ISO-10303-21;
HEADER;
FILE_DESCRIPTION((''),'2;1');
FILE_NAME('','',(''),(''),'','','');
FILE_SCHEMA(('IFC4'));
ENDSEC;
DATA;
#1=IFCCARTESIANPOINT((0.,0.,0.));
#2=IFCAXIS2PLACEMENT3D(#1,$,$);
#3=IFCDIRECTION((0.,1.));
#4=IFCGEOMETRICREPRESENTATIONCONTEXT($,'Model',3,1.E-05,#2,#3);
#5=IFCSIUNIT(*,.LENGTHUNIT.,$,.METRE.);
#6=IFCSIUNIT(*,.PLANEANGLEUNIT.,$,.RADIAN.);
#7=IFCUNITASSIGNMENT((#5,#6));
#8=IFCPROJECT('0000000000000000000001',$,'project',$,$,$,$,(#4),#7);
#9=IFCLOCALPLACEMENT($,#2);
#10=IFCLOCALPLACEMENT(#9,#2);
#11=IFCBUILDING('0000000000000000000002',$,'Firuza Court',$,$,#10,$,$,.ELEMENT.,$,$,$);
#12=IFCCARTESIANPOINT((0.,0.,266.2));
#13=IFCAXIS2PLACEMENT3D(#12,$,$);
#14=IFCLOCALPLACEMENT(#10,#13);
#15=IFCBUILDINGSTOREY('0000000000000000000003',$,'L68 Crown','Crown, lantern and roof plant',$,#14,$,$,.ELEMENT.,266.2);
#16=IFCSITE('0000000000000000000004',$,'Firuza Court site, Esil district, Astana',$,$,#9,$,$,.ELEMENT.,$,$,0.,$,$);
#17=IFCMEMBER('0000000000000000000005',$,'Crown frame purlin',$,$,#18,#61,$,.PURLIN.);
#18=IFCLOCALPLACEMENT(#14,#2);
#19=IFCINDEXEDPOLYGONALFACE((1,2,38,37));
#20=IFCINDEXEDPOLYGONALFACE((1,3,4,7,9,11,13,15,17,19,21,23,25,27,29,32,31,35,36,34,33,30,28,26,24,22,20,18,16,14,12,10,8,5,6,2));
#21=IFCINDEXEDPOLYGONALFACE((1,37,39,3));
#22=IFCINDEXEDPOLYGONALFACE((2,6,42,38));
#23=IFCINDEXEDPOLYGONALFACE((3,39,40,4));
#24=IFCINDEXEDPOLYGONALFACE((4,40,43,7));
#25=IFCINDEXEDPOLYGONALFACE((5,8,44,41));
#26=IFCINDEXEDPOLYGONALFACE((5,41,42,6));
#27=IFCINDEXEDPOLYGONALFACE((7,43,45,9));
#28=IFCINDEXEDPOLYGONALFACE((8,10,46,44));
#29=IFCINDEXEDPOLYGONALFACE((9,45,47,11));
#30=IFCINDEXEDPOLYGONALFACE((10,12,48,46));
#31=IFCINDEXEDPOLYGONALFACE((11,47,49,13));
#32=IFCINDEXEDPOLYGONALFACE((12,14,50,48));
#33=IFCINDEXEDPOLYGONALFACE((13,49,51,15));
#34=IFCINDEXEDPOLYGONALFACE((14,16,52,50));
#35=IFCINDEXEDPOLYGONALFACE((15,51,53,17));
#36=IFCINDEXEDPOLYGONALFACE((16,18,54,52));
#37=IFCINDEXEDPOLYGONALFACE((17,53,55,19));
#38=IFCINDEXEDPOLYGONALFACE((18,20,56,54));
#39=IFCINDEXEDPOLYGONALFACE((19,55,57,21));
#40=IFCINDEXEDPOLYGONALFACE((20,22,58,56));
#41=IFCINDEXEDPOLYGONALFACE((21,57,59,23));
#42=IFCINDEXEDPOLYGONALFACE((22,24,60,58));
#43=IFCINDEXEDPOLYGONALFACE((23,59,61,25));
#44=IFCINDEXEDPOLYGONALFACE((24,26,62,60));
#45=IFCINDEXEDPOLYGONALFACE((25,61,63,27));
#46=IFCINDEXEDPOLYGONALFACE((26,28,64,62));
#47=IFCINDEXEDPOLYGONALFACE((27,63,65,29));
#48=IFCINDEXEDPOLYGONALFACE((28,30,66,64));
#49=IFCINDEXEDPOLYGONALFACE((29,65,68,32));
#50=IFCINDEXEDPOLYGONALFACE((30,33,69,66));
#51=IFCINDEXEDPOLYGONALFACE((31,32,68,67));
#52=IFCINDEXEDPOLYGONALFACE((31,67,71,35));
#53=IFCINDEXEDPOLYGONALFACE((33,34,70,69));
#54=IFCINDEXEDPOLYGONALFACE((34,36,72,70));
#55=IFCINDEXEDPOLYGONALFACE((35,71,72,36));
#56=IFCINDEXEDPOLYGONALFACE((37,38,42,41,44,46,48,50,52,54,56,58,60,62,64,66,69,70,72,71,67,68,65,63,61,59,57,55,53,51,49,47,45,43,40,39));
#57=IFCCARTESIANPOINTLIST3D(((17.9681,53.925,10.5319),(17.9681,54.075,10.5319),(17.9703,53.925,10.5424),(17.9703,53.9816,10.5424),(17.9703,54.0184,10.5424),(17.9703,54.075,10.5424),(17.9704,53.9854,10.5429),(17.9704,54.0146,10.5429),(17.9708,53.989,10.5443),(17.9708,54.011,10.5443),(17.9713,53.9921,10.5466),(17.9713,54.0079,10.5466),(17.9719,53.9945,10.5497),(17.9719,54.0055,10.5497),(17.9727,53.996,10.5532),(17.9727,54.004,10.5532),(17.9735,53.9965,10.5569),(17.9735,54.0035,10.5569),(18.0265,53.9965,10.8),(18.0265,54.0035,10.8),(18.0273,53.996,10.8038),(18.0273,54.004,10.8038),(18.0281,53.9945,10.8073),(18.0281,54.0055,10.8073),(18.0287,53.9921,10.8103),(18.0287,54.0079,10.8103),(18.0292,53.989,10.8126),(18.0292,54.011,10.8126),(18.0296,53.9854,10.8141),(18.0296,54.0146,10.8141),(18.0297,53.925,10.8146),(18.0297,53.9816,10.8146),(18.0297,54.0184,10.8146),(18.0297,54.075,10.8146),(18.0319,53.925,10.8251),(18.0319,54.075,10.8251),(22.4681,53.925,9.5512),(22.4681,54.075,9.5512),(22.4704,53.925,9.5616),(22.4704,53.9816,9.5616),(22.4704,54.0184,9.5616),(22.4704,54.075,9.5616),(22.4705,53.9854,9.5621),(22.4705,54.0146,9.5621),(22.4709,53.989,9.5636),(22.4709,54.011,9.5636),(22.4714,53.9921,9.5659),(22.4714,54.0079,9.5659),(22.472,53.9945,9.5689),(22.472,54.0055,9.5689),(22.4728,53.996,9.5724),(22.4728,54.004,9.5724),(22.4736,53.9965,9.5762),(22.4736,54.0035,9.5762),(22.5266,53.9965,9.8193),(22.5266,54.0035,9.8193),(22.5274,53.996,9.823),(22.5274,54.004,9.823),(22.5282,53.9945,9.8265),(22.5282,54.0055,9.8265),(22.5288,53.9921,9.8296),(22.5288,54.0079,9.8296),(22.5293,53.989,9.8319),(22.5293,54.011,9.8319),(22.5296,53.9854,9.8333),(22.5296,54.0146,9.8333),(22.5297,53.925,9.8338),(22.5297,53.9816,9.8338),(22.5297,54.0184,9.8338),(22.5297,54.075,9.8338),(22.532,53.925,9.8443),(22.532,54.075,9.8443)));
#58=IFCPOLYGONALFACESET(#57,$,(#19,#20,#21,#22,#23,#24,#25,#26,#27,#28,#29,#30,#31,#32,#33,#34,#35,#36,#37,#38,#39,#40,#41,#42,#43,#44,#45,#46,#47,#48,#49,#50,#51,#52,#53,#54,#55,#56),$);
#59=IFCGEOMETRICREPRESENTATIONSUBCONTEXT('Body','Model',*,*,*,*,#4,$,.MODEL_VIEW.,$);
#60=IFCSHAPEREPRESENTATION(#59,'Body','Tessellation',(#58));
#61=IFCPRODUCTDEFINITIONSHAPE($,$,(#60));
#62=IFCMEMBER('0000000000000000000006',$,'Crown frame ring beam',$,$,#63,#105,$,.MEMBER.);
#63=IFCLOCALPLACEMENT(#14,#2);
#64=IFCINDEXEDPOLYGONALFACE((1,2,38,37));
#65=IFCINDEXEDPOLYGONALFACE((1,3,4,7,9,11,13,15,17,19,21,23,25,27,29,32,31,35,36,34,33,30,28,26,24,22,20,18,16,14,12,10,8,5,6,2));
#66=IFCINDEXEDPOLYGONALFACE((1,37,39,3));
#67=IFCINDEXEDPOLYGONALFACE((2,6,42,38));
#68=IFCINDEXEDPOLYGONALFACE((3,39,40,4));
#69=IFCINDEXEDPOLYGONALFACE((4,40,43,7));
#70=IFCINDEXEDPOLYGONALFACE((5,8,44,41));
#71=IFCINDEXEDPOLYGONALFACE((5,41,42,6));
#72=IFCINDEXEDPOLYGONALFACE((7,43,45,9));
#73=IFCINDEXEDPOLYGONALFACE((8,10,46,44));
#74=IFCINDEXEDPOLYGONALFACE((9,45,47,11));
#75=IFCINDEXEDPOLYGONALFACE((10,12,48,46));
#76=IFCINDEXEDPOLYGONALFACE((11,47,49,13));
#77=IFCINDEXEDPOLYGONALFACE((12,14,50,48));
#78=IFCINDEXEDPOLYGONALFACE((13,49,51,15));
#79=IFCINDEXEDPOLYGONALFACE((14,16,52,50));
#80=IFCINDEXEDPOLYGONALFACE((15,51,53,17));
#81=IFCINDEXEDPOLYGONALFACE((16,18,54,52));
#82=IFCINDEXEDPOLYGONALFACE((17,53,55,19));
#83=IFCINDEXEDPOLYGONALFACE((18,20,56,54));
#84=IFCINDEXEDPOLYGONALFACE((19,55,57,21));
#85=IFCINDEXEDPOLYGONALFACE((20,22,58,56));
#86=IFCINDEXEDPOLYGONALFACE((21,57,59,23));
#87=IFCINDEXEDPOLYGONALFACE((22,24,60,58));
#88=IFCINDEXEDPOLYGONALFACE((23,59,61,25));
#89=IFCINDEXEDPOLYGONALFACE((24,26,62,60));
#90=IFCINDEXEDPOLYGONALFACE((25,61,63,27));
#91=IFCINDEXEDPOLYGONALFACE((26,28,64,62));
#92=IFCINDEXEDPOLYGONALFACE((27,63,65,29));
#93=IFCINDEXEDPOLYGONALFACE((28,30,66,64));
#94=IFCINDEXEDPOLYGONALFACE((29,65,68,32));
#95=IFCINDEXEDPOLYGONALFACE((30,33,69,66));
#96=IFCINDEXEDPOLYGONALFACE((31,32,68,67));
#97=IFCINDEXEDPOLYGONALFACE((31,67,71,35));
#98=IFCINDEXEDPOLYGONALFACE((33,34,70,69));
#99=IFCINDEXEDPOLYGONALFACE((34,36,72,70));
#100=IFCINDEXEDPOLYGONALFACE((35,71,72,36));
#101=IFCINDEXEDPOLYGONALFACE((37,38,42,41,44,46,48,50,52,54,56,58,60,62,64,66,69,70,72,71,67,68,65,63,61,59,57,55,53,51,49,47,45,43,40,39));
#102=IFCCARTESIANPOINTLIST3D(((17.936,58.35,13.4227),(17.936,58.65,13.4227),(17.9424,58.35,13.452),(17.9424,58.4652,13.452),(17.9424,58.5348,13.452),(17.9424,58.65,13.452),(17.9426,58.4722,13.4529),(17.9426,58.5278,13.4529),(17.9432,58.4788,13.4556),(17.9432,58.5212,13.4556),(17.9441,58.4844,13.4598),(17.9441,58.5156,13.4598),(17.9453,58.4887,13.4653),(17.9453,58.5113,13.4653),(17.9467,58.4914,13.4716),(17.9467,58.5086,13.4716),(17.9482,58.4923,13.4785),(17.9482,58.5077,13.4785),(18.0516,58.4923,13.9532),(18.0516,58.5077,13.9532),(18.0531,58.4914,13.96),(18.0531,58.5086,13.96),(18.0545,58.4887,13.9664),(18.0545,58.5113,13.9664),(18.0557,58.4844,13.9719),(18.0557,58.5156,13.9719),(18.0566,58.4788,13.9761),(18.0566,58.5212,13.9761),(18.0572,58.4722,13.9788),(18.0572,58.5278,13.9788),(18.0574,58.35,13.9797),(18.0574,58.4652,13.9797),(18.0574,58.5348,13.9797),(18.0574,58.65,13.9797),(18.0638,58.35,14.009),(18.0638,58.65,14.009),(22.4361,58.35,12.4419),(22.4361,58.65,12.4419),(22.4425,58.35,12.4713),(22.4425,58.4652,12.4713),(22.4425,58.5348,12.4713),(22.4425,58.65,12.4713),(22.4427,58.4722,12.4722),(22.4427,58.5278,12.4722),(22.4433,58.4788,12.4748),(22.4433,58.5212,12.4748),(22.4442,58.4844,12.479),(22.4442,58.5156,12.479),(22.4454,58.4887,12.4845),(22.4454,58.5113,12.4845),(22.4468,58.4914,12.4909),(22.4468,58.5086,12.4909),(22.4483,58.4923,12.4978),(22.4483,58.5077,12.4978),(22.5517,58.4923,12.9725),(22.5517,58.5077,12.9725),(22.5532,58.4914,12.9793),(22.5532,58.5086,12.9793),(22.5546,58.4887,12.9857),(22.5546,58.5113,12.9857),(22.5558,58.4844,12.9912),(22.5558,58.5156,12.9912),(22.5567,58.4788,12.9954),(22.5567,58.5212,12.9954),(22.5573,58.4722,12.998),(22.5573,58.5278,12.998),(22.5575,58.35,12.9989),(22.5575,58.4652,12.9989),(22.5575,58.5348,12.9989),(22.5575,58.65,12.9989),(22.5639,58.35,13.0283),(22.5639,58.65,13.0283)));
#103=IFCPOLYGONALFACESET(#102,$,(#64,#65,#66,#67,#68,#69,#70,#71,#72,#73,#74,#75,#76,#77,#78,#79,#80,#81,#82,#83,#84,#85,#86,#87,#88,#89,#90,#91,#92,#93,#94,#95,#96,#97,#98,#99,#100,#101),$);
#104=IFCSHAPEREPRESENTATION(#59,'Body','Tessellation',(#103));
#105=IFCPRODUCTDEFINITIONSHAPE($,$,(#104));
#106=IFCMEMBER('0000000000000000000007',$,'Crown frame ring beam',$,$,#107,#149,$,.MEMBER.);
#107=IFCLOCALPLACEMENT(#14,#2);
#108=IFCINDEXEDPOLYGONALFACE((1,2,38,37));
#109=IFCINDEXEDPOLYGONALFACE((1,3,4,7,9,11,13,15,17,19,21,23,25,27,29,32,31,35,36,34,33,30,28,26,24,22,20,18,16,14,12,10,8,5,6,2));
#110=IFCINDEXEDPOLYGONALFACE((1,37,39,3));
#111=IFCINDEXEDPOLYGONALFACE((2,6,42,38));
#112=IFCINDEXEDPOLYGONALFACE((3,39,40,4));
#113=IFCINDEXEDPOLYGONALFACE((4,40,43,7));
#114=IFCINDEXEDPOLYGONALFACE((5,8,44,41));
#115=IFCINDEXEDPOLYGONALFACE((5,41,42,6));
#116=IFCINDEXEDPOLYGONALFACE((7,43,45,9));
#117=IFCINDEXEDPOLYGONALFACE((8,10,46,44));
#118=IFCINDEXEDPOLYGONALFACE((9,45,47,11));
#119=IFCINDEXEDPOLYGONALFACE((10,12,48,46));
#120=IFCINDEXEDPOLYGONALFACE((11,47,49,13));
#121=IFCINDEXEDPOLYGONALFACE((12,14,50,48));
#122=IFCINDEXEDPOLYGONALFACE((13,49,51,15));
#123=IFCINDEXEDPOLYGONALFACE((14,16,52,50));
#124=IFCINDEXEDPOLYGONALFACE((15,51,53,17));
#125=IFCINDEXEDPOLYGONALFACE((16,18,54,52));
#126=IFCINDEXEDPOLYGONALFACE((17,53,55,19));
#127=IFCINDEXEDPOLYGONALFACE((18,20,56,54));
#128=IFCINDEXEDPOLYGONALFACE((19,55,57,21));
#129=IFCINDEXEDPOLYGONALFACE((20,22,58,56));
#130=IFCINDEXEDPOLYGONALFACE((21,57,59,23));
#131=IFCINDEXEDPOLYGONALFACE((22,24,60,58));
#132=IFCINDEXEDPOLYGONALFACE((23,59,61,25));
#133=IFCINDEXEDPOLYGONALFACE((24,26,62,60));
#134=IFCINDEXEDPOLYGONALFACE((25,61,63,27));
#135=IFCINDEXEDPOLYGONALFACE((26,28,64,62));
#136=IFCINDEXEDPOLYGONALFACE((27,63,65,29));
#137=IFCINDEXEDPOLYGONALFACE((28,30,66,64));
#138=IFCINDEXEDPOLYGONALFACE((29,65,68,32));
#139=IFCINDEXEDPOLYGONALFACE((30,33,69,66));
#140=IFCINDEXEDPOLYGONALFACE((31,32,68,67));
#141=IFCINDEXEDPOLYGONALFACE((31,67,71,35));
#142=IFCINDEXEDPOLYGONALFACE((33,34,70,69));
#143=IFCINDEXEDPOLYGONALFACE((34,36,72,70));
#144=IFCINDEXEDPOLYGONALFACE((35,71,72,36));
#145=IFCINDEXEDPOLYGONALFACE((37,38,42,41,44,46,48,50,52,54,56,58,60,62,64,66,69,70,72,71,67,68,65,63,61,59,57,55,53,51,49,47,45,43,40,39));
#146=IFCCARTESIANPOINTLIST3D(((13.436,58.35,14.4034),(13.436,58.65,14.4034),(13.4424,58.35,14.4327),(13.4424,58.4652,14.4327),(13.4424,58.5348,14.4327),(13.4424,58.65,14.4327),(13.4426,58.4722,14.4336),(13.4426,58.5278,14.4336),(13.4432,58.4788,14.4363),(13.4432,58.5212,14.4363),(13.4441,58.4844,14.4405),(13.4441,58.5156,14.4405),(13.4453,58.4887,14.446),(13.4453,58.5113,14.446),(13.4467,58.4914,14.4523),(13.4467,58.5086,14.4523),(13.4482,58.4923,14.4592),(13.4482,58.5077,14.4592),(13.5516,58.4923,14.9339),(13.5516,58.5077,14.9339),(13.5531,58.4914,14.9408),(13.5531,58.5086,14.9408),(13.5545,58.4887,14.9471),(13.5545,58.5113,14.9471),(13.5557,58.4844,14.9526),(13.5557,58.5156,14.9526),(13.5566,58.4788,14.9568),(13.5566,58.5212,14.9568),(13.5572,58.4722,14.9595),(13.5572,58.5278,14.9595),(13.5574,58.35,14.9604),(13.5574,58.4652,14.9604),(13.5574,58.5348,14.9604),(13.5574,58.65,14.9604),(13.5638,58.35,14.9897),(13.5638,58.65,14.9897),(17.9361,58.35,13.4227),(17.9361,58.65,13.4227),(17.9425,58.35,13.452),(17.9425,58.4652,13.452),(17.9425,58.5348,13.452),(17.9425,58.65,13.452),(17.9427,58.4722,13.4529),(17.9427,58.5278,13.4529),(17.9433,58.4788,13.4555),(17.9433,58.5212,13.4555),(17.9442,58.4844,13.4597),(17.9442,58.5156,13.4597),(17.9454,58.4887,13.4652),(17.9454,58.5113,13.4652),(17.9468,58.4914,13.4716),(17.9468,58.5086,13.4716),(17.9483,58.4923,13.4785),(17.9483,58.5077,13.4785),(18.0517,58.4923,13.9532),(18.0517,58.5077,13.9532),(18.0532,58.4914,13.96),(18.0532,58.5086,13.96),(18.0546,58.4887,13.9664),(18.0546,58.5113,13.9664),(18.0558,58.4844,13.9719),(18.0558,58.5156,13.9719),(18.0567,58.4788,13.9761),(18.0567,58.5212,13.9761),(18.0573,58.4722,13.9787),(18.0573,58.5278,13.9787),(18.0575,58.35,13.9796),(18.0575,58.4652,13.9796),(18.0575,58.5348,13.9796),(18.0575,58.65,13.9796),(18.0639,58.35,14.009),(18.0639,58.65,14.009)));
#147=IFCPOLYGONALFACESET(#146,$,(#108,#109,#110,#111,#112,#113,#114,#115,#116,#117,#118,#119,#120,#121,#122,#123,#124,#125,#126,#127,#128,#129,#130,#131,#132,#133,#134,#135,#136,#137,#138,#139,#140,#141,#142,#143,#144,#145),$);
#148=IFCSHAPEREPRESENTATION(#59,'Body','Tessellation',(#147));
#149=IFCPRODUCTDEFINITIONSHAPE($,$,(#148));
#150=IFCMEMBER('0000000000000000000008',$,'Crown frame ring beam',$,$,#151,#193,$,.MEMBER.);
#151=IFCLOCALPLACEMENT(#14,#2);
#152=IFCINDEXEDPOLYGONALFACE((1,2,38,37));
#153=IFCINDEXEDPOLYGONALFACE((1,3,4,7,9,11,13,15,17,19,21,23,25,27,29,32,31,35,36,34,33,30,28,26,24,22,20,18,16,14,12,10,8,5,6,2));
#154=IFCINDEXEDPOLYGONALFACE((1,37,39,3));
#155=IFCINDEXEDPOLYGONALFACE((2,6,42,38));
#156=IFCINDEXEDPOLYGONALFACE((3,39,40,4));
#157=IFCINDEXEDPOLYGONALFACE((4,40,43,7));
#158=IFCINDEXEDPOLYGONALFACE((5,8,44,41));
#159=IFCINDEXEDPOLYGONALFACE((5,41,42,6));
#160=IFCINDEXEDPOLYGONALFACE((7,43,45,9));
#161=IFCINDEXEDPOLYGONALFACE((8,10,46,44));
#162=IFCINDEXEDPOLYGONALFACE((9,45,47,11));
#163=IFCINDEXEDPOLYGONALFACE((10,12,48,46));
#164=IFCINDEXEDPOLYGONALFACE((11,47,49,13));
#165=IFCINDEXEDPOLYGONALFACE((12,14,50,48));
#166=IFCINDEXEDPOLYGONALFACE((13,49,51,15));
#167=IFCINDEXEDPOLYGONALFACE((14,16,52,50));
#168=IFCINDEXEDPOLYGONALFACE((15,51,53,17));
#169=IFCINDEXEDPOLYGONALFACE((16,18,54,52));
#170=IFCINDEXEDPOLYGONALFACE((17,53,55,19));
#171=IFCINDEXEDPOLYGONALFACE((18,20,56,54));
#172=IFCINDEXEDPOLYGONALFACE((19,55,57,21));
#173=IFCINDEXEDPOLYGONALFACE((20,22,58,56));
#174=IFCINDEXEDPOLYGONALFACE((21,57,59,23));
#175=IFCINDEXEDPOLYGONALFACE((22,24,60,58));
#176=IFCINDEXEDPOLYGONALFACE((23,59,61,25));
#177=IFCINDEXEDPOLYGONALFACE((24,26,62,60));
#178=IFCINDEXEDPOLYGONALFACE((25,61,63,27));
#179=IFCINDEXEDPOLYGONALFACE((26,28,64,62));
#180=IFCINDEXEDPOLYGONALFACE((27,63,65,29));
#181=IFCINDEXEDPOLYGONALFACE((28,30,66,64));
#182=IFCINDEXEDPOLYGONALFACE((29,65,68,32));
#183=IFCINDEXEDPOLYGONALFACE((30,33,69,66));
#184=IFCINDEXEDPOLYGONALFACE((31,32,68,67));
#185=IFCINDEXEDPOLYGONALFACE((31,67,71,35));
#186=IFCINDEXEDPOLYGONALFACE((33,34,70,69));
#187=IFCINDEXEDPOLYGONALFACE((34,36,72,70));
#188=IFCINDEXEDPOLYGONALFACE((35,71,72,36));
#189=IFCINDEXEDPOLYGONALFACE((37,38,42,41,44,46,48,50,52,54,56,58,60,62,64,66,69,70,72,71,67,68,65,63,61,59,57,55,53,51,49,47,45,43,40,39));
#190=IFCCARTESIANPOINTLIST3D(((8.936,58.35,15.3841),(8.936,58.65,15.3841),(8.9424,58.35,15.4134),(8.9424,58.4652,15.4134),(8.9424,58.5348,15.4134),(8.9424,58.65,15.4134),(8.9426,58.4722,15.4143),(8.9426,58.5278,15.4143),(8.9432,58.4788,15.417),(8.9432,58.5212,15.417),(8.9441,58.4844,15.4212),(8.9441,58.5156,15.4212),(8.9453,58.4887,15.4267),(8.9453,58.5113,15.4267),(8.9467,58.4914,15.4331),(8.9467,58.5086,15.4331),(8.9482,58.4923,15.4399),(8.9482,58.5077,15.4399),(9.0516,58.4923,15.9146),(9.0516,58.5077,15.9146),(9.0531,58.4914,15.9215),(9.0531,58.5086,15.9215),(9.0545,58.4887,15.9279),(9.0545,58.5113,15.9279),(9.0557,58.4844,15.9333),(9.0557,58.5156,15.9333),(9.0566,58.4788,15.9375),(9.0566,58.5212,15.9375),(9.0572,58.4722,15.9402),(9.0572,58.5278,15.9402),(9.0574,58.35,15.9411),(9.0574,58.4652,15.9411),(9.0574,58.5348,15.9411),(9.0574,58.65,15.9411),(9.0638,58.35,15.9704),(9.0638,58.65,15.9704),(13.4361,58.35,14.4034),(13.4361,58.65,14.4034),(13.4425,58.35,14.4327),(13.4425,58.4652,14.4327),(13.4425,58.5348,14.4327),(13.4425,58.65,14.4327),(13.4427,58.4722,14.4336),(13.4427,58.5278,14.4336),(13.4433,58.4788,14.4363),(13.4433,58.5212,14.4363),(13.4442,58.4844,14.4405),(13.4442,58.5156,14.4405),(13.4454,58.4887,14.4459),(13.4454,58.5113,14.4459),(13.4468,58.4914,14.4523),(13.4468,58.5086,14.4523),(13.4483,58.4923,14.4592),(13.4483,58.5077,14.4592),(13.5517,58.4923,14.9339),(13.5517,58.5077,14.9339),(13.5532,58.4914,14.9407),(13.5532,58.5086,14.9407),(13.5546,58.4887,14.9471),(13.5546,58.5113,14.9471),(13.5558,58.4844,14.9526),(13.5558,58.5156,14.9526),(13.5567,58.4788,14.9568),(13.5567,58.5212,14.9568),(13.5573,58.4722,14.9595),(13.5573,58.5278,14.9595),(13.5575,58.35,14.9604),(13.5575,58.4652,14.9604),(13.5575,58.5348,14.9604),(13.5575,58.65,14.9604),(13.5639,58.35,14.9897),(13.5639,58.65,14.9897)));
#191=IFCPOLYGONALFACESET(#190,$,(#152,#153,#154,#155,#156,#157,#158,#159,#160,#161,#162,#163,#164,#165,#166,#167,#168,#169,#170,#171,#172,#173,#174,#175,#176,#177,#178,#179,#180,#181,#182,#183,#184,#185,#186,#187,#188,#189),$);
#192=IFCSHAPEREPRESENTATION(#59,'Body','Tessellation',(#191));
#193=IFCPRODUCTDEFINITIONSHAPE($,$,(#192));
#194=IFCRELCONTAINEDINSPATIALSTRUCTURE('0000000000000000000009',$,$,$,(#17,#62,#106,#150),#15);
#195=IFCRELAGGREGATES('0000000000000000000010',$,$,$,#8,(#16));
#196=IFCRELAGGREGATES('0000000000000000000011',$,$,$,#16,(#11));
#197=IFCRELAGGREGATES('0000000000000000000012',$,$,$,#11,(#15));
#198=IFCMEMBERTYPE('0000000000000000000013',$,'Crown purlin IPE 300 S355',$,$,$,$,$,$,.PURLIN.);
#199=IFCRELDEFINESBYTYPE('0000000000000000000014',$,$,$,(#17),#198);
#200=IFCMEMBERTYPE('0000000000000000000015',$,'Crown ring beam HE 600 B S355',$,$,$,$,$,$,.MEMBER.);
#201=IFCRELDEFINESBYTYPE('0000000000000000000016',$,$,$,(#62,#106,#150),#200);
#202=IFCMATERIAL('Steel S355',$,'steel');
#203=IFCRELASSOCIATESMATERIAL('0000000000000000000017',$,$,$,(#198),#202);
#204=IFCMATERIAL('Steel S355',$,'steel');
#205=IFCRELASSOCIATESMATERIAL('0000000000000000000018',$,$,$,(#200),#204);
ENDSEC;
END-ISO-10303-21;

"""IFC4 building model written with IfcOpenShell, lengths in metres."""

from ifc_helpers import new_model, si_unit, direction, frame, origin, origin_2d, place, context, subcontext, project, spatial, i_section, extrude, material, material_profile, profile_set, type_object, element, save


model = new_model("IFC4")

# Units and contexts
model_context = context("Model", 3, precision=1e-05, world=origin(), true_north=direction((0.0, 1.0)))
body_context = subcontext(model_context, "Body", "Model", "MODEL_VIEW")
ifc_project = project(units=[si_unit("LENGTHUNIT", "METRE"), si_unit("PLANEANGLEUNIT", "RADIAN")], contexts=[model_context])

# Site, building, storey
site_placement = place(None, origin())
site = spatial("IfcSite", under=ifc_project, at=site_placement, Name="Firuza Court site, Esil district, Astana", CompositionType="ELEMENT", RefElevation=0.0)
building_placement = place(site_placement, origin())
building = spatial("IfcBuilding", under=site, at=building_placement, Name="Firuza Court", CompositionType="ELEMENT")
storey_placement = place(building_placement, frame((0.0, 0.0, 266.2)))
storey = spatial("IfcBuildingStorey", under=building, at=storey_placement, Name="L68 Crown", Description="Crown, lantern and roof plant", CompositionType="ELEMENT", Elevation=266.2)

# Members
ifc_material_1 = material(Name="Steel S355", Category="steel")
ifc_material_profile_1 = material_profile(ifc_material_1, i_section(OverallWidth=0.1499, OverallDepth=0.3, WebThickness=0.0071, FlangeThickness=0.0107, FilletRadius=0.0149, at=origin_2d()), Name="IPE 300")
ifc_profile_set_1 = profile_set([ifc_material_profile_1], Name="Steel S355")
member_type_1 = type_object("IfcMemberType", Name="Crown purlin IPE 300 S355", PredefinedType="PURLIN", material=ifc_profile_set_1)
for number, where, z_axis, x_axis, name in (
    (1, (18.0, 54.0, 10.6785), (0.977066, 0.0, -0.212938), (0.0, 1.0, 0.0), "Crown frame purlin"),
):
    element("IfcMember", number, at=place(storey_placement, frame(where, z_axis=z_axis, x_axis=x_axis)), inside=storey, type_object=member_type_1, Name=name, PredefinedType="PURLIN", context=body_context, shape_type="SweptSolid", body=[
        extrude(i_section(OverallWidth=0.1499, OverallDepth=0.3, WebThickness=0.0071, FlangeThickness=0.0107, FilletRadius=0.0149, at=origin_2d()), origin(), (0.0, 0.0, 1.0), 4.6057),
    ])
ifc_material_2 = material(Name="Steel S355", Category="steel")
ifc_material_profile_2 = material_profile(ifc_material_2, i_section(OverallWidth=0.3, OverallDepth=0.6001, WebThickness=0.0154, FlangeThickness=0.03, FilletRadius=0.0271, at=origin_2d()), Name="HE 600 B")
ifc_profile_set_2 = profile_set([ifc_material_profile_2], Name="Steel S355")
member_type_2 = type_object("IfcMemberType", Name="Crown ring beam HE 600 B S355", PredefinedType="MEMBER", material=ifc_profile_set_2)
for number, where, z_axis, x_axis, name in (
    (2, (22.5, 58.5, 12.7351), (-0.977066, 0.0, 0.212938), (0.0, -1.0, 0.0), "Crown frame ring beam"),
    (3, (18.0, 58.5, 13.7158), (-0.977066, 0.0, 0.212938), (0.0, -1.0, 0.0), "Crown frame ring beam"),
    (4, (13.5, 58.5, 14.6965), (-0.977066, 0.0, 0.212938), (0.0, -1.0, 0.0), "Crown frame ring beam"),
):
    element("IfcMember", number, at=place(storey_placement, frame(where, z_axis=z_axis, x_axis=x_axis)), inside=storey, type_object=member_type_2, Name=name, PredefinedType="MEMBER", context=body_context, shape_type="SweptSolid", body=[
        extrude(i_section(OverallWidth=0.3, OverallDepth=0.6001, WebThickness=0.0154, FlangeThickness=0.03, FilletRadius=0.0271, at=origin_2d()), origin(), (0.0, 0.0, 1.0), 4.6057),
    ])

save(model, "model.ifc")
